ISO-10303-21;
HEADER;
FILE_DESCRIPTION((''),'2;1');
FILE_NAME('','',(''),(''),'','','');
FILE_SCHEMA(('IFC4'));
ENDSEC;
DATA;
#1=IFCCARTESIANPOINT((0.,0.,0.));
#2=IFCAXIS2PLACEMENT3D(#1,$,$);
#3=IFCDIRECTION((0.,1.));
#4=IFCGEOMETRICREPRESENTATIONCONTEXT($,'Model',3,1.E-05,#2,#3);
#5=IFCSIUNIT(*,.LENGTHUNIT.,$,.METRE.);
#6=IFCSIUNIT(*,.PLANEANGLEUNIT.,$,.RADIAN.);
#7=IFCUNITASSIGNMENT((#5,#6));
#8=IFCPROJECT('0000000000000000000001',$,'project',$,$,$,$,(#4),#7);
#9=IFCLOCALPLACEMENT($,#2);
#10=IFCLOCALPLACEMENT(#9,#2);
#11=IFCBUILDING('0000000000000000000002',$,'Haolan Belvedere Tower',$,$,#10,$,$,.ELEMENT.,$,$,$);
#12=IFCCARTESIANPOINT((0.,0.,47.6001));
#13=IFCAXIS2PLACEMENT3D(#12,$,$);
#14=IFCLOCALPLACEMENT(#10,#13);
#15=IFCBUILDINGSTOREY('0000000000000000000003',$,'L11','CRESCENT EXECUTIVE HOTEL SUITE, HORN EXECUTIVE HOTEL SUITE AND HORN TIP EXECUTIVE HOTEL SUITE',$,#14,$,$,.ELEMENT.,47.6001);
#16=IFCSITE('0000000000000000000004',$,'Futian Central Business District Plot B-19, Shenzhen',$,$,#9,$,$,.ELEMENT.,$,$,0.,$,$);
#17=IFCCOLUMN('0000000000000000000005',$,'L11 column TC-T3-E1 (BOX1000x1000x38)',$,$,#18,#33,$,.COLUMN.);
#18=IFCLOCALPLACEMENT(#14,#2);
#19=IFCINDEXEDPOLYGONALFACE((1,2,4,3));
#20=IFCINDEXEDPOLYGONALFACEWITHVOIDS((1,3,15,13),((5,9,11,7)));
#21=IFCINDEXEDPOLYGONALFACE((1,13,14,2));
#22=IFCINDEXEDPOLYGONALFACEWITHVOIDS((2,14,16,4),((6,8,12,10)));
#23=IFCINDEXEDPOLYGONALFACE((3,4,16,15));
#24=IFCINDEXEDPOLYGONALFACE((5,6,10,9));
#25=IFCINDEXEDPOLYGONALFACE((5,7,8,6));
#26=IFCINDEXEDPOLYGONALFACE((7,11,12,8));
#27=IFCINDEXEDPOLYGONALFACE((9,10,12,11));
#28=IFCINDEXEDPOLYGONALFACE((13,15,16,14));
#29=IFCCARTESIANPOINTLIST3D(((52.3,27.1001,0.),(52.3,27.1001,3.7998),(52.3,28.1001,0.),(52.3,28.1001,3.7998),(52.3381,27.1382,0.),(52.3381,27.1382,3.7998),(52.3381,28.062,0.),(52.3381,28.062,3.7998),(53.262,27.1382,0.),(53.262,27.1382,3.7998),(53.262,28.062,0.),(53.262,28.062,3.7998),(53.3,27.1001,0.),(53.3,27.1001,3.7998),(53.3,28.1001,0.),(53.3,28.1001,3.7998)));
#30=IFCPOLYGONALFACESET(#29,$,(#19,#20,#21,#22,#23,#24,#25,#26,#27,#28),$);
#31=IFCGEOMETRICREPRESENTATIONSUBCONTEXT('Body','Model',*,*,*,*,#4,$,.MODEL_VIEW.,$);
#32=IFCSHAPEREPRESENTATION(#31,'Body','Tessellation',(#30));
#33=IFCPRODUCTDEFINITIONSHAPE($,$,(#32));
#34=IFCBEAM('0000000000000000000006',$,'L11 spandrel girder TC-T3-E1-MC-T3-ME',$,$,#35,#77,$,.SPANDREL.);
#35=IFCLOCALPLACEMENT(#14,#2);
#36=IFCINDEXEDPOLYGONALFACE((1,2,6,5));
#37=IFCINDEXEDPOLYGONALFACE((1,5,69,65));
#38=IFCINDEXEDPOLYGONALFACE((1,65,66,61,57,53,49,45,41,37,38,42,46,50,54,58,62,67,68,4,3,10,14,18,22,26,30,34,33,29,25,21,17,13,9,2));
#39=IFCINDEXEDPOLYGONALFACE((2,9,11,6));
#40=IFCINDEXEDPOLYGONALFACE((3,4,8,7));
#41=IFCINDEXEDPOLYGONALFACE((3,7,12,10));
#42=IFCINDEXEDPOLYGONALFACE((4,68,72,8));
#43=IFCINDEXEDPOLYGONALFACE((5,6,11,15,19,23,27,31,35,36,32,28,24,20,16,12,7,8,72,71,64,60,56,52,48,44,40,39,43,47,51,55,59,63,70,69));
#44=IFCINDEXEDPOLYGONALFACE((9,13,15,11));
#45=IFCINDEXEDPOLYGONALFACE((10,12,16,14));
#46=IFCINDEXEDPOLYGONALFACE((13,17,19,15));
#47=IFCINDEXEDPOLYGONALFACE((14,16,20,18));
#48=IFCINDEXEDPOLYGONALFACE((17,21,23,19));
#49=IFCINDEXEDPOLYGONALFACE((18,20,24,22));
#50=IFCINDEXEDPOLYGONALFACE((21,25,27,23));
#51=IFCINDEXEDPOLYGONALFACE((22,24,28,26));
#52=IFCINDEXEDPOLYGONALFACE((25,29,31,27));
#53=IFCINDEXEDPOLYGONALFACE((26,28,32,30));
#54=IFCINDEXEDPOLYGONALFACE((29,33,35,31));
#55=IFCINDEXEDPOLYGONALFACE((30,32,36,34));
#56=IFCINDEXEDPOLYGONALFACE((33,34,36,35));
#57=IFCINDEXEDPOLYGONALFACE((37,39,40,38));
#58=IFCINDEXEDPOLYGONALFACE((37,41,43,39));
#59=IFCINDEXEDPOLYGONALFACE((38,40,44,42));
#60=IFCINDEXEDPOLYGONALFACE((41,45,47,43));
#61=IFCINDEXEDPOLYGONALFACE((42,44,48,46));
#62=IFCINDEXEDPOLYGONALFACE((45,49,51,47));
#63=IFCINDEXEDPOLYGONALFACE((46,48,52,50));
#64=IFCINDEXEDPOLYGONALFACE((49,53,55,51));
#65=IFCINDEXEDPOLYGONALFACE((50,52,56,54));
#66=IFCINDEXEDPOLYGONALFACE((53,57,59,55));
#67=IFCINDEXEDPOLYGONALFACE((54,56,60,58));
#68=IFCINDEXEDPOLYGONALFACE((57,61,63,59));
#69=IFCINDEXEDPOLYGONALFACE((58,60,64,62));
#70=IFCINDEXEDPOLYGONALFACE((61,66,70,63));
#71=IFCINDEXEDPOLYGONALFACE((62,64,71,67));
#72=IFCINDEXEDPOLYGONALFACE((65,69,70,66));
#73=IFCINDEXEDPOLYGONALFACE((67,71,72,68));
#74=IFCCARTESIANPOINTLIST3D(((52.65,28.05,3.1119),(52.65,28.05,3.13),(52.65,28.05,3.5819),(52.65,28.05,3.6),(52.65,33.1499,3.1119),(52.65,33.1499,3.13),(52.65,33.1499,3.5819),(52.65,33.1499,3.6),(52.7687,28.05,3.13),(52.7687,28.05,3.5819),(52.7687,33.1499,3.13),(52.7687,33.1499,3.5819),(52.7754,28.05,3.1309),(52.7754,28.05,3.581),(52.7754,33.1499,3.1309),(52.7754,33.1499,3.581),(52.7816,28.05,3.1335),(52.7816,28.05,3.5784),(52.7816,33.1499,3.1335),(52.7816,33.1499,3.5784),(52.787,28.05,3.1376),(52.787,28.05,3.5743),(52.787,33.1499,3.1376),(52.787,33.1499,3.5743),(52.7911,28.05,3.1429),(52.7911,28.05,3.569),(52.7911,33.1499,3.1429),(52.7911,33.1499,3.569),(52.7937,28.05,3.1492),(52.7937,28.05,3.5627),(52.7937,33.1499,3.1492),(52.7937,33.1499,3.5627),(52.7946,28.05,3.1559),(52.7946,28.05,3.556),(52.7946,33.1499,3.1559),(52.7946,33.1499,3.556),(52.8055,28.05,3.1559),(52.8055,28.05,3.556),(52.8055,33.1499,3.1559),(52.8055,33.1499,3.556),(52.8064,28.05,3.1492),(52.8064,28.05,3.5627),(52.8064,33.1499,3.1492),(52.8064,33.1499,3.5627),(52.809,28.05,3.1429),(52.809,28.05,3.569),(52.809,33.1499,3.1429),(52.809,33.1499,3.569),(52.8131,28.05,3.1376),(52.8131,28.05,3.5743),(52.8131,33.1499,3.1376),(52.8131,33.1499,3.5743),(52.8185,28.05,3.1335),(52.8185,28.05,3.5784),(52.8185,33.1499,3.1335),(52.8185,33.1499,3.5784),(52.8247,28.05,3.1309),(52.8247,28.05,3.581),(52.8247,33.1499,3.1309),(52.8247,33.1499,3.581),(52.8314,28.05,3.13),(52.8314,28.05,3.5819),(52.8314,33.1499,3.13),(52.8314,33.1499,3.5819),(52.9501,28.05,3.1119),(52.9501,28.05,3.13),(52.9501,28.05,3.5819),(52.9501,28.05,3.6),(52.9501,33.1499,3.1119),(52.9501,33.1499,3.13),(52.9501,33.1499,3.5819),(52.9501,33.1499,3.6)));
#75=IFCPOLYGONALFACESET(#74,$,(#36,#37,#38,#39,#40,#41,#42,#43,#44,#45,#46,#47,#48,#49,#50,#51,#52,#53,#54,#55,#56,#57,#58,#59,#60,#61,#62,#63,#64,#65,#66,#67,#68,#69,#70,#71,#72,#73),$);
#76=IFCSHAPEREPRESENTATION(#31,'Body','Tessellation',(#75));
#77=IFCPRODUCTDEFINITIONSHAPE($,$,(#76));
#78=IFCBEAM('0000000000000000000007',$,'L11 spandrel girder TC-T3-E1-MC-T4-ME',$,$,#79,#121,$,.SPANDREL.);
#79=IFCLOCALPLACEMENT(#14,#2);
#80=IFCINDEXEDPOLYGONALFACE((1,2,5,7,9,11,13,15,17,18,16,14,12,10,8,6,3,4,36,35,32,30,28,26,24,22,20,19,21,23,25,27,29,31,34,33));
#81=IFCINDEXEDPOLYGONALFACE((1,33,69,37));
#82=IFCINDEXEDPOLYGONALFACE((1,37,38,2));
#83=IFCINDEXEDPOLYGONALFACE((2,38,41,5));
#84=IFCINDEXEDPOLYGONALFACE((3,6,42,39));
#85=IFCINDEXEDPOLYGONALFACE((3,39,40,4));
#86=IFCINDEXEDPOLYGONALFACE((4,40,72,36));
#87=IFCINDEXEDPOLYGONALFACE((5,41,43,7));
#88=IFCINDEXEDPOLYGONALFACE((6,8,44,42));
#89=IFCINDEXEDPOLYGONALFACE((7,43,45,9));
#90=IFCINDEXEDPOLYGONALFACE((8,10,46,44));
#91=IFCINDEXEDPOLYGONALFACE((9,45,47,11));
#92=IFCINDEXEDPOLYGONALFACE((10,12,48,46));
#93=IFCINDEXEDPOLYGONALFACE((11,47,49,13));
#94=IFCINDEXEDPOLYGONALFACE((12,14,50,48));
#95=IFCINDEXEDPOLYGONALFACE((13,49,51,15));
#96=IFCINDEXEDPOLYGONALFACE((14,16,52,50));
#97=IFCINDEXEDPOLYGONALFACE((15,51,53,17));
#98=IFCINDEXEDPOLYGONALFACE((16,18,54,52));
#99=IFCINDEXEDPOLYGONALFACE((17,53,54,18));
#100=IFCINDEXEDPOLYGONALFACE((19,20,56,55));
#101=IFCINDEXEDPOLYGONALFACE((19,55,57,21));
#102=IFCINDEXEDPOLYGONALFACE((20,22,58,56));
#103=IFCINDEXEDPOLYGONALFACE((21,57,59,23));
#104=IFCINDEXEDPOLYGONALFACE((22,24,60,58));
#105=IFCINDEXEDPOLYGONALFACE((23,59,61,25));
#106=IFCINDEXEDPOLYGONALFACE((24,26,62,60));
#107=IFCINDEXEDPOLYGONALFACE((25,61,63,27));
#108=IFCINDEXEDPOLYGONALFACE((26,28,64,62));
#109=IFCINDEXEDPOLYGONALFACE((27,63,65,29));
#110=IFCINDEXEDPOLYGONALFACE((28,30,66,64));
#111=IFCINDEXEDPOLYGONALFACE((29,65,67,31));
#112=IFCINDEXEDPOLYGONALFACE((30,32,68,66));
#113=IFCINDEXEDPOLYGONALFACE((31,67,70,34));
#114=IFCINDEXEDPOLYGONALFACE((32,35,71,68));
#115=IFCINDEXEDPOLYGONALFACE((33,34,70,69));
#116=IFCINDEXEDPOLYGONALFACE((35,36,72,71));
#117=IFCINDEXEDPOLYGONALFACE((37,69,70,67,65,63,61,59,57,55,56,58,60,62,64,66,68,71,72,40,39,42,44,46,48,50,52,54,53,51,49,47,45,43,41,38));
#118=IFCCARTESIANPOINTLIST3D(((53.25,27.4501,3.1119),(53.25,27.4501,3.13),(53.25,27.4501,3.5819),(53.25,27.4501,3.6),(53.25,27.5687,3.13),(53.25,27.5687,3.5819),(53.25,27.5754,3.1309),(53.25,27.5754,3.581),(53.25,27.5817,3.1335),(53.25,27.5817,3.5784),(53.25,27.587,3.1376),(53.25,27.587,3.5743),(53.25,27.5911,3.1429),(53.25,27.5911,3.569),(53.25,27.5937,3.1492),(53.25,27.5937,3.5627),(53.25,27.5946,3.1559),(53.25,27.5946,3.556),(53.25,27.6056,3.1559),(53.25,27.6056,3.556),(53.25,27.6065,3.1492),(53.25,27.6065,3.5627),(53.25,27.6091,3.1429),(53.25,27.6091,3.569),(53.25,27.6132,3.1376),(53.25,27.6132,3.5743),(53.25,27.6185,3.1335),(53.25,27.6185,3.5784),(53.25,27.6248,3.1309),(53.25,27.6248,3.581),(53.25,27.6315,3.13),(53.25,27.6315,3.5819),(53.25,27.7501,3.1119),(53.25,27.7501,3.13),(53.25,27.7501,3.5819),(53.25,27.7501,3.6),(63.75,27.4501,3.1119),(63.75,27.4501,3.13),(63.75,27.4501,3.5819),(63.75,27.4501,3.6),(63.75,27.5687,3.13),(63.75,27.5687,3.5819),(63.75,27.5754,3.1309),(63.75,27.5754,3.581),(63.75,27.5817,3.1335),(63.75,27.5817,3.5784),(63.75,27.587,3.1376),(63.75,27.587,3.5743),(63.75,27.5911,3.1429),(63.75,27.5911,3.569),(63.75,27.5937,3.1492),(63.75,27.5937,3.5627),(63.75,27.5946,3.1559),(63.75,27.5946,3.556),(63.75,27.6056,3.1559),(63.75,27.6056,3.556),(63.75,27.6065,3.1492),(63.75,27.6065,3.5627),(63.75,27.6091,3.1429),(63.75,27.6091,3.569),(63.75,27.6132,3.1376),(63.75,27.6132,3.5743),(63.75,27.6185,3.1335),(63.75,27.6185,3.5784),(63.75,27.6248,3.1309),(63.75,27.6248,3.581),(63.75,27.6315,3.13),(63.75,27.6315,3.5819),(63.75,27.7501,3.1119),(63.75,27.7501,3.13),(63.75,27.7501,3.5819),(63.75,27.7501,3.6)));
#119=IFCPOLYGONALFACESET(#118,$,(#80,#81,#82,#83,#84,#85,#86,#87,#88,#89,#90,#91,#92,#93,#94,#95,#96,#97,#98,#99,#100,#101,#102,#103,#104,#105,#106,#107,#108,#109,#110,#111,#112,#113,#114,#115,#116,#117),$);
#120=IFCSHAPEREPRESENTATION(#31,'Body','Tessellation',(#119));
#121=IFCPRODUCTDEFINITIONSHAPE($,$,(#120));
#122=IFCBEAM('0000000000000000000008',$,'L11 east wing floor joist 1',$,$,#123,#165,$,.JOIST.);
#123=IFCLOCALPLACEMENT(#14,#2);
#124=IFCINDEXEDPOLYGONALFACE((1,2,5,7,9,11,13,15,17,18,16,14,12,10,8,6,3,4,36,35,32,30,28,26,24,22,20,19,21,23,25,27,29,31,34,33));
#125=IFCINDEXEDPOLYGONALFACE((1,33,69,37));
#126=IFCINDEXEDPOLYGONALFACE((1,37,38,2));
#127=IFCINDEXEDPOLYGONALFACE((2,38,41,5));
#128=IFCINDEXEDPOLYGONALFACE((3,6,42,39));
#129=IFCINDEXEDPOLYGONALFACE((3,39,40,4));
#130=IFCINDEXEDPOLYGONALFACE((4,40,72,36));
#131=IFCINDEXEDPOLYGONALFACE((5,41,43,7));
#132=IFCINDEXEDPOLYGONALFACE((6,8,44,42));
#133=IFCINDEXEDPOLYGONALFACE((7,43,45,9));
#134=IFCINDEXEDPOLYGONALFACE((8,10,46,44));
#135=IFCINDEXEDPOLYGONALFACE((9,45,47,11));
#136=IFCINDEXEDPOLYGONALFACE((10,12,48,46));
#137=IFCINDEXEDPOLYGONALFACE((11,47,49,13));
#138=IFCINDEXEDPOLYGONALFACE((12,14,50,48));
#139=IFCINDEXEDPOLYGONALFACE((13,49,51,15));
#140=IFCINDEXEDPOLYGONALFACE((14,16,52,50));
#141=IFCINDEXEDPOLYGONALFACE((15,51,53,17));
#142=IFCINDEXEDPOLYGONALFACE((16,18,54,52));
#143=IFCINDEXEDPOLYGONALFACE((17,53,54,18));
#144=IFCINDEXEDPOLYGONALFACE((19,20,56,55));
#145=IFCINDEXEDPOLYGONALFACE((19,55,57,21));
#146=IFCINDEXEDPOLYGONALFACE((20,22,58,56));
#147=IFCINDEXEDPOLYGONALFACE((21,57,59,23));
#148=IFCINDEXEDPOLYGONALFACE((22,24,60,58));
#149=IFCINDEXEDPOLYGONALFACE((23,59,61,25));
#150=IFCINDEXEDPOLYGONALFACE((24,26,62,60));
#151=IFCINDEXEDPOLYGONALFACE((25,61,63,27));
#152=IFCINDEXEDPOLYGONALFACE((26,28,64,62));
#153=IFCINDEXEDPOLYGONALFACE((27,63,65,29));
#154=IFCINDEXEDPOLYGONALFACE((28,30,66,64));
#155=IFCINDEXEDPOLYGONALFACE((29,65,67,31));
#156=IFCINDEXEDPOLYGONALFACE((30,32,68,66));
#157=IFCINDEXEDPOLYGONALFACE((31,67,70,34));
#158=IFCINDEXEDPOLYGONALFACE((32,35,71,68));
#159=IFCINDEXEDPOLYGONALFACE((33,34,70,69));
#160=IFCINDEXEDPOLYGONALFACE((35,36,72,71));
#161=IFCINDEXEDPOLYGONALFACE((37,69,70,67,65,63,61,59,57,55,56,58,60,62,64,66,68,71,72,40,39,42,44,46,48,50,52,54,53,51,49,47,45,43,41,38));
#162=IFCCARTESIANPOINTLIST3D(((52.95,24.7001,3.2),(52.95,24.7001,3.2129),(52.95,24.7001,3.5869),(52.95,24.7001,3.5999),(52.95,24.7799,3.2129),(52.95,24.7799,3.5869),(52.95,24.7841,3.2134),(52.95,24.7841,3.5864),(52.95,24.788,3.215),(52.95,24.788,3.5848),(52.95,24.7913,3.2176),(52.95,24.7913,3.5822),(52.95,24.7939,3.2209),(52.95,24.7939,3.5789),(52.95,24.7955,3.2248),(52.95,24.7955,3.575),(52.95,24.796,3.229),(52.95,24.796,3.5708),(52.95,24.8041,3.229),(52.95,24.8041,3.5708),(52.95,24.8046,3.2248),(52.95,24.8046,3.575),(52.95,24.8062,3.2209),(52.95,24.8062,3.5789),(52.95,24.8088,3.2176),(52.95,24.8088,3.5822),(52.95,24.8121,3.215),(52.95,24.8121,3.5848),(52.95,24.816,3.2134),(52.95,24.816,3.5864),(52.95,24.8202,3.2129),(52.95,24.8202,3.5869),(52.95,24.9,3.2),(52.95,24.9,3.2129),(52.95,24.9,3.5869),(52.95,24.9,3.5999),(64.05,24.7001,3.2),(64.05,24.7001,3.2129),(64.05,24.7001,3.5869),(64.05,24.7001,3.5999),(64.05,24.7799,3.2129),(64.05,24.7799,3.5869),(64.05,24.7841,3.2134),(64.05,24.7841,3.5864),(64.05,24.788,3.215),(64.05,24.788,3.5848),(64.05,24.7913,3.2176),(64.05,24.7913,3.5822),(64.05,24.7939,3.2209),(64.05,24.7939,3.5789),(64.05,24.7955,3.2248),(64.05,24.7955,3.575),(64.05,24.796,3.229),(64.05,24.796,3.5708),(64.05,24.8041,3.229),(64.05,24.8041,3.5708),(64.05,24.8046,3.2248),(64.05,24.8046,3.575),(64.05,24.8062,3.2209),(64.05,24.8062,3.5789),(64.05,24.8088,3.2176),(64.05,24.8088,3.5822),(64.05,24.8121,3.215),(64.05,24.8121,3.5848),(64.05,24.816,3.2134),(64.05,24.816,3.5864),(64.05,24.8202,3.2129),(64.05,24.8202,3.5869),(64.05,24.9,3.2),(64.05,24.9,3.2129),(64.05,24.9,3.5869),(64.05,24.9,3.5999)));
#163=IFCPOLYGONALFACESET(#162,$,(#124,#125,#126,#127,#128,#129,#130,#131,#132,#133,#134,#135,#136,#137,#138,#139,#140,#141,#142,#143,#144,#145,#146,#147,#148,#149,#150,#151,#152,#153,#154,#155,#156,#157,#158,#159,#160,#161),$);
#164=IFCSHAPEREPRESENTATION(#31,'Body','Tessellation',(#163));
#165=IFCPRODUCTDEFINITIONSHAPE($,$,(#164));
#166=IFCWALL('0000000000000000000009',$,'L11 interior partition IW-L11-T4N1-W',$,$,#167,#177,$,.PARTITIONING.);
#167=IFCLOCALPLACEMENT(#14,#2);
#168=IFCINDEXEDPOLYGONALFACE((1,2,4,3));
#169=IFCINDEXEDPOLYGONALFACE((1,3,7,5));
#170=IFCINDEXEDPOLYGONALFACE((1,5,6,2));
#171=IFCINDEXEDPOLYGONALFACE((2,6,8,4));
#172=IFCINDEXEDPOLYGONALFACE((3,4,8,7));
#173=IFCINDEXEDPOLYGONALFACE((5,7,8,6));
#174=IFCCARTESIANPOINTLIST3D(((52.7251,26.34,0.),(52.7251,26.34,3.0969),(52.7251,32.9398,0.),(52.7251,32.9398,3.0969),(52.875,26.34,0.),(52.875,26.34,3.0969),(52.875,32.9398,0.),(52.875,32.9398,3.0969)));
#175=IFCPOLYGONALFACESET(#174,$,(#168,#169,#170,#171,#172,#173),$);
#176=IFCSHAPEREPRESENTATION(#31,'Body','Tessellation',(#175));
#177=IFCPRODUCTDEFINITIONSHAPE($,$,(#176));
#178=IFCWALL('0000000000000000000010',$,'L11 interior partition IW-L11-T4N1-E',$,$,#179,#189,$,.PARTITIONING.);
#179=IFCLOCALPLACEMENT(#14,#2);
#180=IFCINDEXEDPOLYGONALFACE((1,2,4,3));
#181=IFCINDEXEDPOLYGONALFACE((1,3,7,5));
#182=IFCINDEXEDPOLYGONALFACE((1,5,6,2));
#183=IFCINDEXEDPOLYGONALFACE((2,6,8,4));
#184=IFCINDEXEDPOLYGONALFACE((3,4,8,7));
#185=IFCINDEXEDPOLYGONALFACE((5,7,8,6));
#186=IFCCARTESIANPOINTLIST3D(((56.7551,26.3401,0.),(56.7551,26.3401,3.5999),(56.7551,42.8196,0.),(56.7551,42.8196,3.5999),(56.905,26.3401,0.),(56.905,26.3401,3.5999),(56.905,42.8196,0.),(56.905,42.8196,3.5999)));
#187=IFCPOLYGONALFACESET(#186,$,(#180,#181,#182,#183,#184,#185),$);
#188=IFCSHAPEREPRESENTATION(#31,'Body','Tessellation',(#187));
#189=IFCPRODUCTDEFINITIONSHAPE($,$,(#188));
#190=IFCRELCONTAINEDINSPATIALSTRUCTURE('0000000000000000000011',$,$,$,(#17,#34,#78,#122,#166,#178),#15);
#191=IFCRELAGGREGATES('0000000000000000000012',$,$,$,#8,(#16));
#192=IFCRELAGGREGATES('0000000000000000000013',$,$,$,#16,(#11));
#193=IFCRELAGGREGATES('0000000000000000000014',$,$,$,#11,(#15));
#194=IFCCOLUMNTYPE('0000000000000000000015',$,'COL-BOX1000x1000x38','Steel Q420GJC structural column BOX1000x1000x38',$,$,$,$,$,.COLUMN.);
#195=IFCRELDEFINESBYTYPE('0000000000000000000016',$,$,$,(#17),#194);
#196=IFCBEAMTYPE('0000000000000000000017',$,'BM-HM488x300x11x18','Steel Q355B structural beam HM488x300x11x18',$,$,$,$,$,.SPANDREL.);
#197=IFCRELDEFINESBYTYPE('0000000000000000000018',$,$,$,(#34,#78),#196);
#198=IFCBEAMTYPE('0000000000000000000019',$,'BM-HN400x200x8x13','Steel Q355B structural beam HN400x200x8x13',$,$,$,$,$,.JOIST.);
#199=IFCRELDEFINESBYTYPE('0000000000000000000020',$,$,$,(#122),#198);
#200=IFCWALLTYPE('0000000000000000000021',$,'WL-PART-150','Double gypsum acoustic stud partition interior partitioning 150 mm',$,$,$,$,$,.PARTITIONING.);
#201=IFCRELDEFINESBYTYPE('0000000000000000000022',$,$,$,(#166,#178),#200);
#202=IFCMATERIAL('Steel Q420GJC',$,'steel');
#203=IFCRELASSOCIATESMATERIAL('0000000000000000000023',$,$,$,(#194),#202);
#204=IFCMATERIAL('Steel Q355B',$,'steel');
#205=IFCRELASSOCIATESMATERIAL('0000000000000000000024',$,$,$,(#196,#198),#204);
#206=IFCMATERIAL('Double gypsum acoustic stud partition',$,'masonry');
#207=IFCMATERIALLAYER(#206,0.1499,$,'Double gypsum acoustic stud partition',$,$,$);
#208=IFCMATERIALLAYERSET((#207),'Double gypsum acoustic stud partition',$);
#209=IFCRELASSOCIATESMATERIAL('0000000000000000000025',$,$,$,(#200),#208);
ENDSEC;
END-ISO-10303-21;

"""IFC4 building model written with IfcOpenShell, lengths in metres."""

from ifc_helpers import new_model, si_unit, direction, frame, frame_2d, origin, origin_2d, place, context, subcontext, project, spatial, rectangle, hollow_rectangle, i_section, extrude, material, layer, layer_set, material_profile, profile_set, type_object, element, save


model = new_model("IFC4")

# Units and contexts
model_context = context("Model", 3, precision=1e-05, world=origin(), true_north=direction((0.0, 1.0)))
body_context = subcontext(model_context, "Body", "Model", "MODEL_VIEW")
ifc_project = project(units=[si_unit("LENGTHUNIT", "METRE"), si_unit("PLANEANGLEUNIT", "RADIAN")], contexts=[model_context])

# Site, building, storey
site_placement = place(None, origin())
site = spatial("IfcSite", under=ifc_project, at=site_placement, Name="Futian Central Business District Plot B-19, Shenzhen", CompositionType="ELEMENT", RefElevation=0.0)
building_placement = place(site_placement, origin())
building = spatial("IfcBuilding", under=site, at=building_placement, Name="Haolan Belvedere Tower", CompositionType="ELEMENT")
storey_placement = place(building_placement, frame((0.0, 0.0, 47.6001)))
storey = spatial("IfcBuildingStorey", under=building, at=storey_placement, Name="L11", Description="CRESCENT EXECUTIVE HOTEL SUITE, HORN EXECUTIVE HOTEL SUITE AND HORN TIP EXECUTIVE HOTEL SUITE", CompositionType="ELEMENT", Elevation=47.6001)

# Column
ifc_material_1 = material(Name="Steel Q420GJC", Category="steel")
ifc_material_profile_1 = material_profile(ifc_material_1, hollow_rectangle(XDim=1.0, YDim=1.0, WallThickness=0.0381, at=origin_2d()), Name="Steel Q420GJC")
ifc_profile_set_1 = profile_set([ifc_material_profile_1], Name="Steel Q420GJC")
column_type = type_object("IfcColumnType", Name="COL-BOX1000x1000x38", Description="Steel Q420GJC structural column BOX1000x1000x38", PredefinedType="COLUMN", material=ifc_profile_set_1)
column_placement = place(storey_placement, frame((52.8, 27.6001, 0.0), z_axis=(0.0, 0.0, 1.0), x_axis=(1.0, 0.0, 0.0)))
element("IfcColumn", 1, at=column_placement, inside=storey, type_object=column_type, Name="L11 column TC-T3-E1 (BOX1000x1000x38)", PredefinedType="COLUMN", context=body_context, shape_type="SweptSolid", body=[
    extrude(hollow_rectangle(XDim=1.0, YDim=1.0, WallThickness=0.0381, at=origin_2d()), origin(), (0.0, 0.0, 1.0), 3.7998),
])

# Beams
ifc_material_2 = material(Name="Steel Q355B", Category="steel")
ifc_material_profile_2 = material_profile(ifc_material_2, i_section(OverallWidth=0.3, OverallDepth=0.488, WebThickness=0.011, FlangeThickness=0.0181, FilletRadius=0.0259, at=origin_2d()), Name="Steel Q355B")
ifc_profile_set_2 = profile_set([ifc_material_profile_2], Name="Steel Q355B")
beam_type_1 = type_object("IfcBeamType", Name="BM-HM488x300x11x18", Description="Steel Q355B structural beam HM488x300x11x18", PredefinedType="SPANDREL", material=ifc_profile_set_2)
beam_1_placement = place(storey_placement, frame((52.8, 28.05, 3.356), z_axis=(0.0, 1.0, 0.0), x_axis=(-1.0, 0.0, 0.0)))
element("IfcBeam", 2, at=beam_1_placement, inside=storey, type_object=beam_type_1, Name="L11 spandrel girder TC-T3-E1-MC-T3-ME", PredefinedType="SPANDREL", context=body_context, shape_type="SweptSolid", body=[
    extrude(i_section(OverallWidth=0.3, OverallDepth=0.488, WebThickness=0.011, FlangeThickness=0.0181, FilletRadius=0.0259, at=origin_2d()), origin(), (0.0, 0.0, 1.0), 5.0999),
])
beam_2_placement = place(storey_placement, frame((53.25, 27.6001, 3.356), z_axis=(1.0, 0.0, 0.0), x_axis=(0.0, 1.0, 0.0)))
element("IfcBeam", 3, at=beam_2_placement, inside=storey, type_object=beam_type_1, Name="L11 spandrel girder TC-T3-E1-MC-T4-ME", PredefinedType="SPANDREL", context=body_context, shape_type="SweptSolid", body=[
    extrude(i_section(OverallWidth=0.3, OverallDepth=0.488, WebThickness=0.011, FlangeThickness=0.0181, FilletRadius=0.0259, at=origin_2d()), origin(), (0.0, 0.0, 1.0), 10.5),
])
ifc_material_profile_3 = material_profile(ifc_material_2, i_section(OverallWidth=0.2, OverallDepth=0.3999, WebThickness=0.0081, FlangeThickness=0.0129, FilletRadius=0.0161, at=origin_2d()), Name="Steel Q355B")
ifc_profile_set_3 = profile_set([ifc_material_profile_3], Name="Steel Q355B")
beam_type_2 = type_object("IfcBeamType", Name="BM-HN400x200x8x13", Description="Steel Q355B structural beam HN400x200x8x13", PredefinedType="JOIST", material=ifc_profile_set_3)
beam_3_placement = place(storey_placement, frame((52.95, 24.8, 3.3999), z_axis=(1.0, 0.0, 0.0), x_axis=(0.0, 1.0, 0.0)))
element("IfcBeam", 4, at=beam_3_placement, inside=storey, type_object=beam_type_2, Name="L11 east wing floor joist 1", PredefinedType="JOIST", context=body_context, shape_type="SweptSolid", body=[
    extrude(i_section(OverallWidth=0.2, OverallDepth=0.3999, WebThickness=0.0081, FlangeThickness=0.0129, FilletRadius=0.0161, at=origin_2d()), origin(), (0.0, 0.0, 1.0), 11.1001),
])

# Walls
ifc_material_3 = material(Name="Double gypsum acoustic stud partition", Category="masonry")
ifc_layer_1 = layer(ifc_material_3, 0.1499, Name="Double gypsum acoustic stud partition")
ifc_layer_set_1 = layer_set([ifc_layer_1], Name="Double gypsum acoustic stud partition")
wall_type_1 = type_object("IfcWallType", Name="WL-PART-150", Description="Double gypsum acoustic stud partition interior partitioning 150 mm", PredefinedType="PARTITIONING", material=ifc_layer_set_1)
wall_1_placement = place(storey_placement, frame((52.8, 26.3401, 0.0), z_axis=(0.0, 0.0, 1.0), x_axis=(0.0, 1.0, 0.0)))
element("IfcWall", 5, at=wall_1_placement, inside=storey, type_object=wall_type_1, Name="L11 interior partition IW-L11-T4N1-W", PredefinedType="PARTITIONING", context=body_context, shape_type="SweptSolid", body=[
    extrude(rectangle(XDim=6.5999, YDim=0.1499, at=frame_2d((3.2998, 0.0))), origin(), (0.0, 0.0, 1.0), 3.0969),
])
wall_2_placement = place(storey_placement, frame((56.8301, 26.3401, 0.0), z_axis=(0.0, 0.0, 1.0), x_axis=(0.0, 1.0, 0.0)))
element("IfcWall", 6, at=wall_2_placement, inside=storey, type_object=wall_type_1, Name="L11 interior partition IW-L11-T4N1-E", PredefinedType="PARTITIONING", context=body_context, shape_type="SweptSolid", body=[
    extrude(rectangle(XDim=16.4795, YDim=0.1499, at=frame_2d((8.2397, 0.0))), origin(), (0.0, 0.0, 1.0), 3.5999),
])

save(model, "model.ifc")
